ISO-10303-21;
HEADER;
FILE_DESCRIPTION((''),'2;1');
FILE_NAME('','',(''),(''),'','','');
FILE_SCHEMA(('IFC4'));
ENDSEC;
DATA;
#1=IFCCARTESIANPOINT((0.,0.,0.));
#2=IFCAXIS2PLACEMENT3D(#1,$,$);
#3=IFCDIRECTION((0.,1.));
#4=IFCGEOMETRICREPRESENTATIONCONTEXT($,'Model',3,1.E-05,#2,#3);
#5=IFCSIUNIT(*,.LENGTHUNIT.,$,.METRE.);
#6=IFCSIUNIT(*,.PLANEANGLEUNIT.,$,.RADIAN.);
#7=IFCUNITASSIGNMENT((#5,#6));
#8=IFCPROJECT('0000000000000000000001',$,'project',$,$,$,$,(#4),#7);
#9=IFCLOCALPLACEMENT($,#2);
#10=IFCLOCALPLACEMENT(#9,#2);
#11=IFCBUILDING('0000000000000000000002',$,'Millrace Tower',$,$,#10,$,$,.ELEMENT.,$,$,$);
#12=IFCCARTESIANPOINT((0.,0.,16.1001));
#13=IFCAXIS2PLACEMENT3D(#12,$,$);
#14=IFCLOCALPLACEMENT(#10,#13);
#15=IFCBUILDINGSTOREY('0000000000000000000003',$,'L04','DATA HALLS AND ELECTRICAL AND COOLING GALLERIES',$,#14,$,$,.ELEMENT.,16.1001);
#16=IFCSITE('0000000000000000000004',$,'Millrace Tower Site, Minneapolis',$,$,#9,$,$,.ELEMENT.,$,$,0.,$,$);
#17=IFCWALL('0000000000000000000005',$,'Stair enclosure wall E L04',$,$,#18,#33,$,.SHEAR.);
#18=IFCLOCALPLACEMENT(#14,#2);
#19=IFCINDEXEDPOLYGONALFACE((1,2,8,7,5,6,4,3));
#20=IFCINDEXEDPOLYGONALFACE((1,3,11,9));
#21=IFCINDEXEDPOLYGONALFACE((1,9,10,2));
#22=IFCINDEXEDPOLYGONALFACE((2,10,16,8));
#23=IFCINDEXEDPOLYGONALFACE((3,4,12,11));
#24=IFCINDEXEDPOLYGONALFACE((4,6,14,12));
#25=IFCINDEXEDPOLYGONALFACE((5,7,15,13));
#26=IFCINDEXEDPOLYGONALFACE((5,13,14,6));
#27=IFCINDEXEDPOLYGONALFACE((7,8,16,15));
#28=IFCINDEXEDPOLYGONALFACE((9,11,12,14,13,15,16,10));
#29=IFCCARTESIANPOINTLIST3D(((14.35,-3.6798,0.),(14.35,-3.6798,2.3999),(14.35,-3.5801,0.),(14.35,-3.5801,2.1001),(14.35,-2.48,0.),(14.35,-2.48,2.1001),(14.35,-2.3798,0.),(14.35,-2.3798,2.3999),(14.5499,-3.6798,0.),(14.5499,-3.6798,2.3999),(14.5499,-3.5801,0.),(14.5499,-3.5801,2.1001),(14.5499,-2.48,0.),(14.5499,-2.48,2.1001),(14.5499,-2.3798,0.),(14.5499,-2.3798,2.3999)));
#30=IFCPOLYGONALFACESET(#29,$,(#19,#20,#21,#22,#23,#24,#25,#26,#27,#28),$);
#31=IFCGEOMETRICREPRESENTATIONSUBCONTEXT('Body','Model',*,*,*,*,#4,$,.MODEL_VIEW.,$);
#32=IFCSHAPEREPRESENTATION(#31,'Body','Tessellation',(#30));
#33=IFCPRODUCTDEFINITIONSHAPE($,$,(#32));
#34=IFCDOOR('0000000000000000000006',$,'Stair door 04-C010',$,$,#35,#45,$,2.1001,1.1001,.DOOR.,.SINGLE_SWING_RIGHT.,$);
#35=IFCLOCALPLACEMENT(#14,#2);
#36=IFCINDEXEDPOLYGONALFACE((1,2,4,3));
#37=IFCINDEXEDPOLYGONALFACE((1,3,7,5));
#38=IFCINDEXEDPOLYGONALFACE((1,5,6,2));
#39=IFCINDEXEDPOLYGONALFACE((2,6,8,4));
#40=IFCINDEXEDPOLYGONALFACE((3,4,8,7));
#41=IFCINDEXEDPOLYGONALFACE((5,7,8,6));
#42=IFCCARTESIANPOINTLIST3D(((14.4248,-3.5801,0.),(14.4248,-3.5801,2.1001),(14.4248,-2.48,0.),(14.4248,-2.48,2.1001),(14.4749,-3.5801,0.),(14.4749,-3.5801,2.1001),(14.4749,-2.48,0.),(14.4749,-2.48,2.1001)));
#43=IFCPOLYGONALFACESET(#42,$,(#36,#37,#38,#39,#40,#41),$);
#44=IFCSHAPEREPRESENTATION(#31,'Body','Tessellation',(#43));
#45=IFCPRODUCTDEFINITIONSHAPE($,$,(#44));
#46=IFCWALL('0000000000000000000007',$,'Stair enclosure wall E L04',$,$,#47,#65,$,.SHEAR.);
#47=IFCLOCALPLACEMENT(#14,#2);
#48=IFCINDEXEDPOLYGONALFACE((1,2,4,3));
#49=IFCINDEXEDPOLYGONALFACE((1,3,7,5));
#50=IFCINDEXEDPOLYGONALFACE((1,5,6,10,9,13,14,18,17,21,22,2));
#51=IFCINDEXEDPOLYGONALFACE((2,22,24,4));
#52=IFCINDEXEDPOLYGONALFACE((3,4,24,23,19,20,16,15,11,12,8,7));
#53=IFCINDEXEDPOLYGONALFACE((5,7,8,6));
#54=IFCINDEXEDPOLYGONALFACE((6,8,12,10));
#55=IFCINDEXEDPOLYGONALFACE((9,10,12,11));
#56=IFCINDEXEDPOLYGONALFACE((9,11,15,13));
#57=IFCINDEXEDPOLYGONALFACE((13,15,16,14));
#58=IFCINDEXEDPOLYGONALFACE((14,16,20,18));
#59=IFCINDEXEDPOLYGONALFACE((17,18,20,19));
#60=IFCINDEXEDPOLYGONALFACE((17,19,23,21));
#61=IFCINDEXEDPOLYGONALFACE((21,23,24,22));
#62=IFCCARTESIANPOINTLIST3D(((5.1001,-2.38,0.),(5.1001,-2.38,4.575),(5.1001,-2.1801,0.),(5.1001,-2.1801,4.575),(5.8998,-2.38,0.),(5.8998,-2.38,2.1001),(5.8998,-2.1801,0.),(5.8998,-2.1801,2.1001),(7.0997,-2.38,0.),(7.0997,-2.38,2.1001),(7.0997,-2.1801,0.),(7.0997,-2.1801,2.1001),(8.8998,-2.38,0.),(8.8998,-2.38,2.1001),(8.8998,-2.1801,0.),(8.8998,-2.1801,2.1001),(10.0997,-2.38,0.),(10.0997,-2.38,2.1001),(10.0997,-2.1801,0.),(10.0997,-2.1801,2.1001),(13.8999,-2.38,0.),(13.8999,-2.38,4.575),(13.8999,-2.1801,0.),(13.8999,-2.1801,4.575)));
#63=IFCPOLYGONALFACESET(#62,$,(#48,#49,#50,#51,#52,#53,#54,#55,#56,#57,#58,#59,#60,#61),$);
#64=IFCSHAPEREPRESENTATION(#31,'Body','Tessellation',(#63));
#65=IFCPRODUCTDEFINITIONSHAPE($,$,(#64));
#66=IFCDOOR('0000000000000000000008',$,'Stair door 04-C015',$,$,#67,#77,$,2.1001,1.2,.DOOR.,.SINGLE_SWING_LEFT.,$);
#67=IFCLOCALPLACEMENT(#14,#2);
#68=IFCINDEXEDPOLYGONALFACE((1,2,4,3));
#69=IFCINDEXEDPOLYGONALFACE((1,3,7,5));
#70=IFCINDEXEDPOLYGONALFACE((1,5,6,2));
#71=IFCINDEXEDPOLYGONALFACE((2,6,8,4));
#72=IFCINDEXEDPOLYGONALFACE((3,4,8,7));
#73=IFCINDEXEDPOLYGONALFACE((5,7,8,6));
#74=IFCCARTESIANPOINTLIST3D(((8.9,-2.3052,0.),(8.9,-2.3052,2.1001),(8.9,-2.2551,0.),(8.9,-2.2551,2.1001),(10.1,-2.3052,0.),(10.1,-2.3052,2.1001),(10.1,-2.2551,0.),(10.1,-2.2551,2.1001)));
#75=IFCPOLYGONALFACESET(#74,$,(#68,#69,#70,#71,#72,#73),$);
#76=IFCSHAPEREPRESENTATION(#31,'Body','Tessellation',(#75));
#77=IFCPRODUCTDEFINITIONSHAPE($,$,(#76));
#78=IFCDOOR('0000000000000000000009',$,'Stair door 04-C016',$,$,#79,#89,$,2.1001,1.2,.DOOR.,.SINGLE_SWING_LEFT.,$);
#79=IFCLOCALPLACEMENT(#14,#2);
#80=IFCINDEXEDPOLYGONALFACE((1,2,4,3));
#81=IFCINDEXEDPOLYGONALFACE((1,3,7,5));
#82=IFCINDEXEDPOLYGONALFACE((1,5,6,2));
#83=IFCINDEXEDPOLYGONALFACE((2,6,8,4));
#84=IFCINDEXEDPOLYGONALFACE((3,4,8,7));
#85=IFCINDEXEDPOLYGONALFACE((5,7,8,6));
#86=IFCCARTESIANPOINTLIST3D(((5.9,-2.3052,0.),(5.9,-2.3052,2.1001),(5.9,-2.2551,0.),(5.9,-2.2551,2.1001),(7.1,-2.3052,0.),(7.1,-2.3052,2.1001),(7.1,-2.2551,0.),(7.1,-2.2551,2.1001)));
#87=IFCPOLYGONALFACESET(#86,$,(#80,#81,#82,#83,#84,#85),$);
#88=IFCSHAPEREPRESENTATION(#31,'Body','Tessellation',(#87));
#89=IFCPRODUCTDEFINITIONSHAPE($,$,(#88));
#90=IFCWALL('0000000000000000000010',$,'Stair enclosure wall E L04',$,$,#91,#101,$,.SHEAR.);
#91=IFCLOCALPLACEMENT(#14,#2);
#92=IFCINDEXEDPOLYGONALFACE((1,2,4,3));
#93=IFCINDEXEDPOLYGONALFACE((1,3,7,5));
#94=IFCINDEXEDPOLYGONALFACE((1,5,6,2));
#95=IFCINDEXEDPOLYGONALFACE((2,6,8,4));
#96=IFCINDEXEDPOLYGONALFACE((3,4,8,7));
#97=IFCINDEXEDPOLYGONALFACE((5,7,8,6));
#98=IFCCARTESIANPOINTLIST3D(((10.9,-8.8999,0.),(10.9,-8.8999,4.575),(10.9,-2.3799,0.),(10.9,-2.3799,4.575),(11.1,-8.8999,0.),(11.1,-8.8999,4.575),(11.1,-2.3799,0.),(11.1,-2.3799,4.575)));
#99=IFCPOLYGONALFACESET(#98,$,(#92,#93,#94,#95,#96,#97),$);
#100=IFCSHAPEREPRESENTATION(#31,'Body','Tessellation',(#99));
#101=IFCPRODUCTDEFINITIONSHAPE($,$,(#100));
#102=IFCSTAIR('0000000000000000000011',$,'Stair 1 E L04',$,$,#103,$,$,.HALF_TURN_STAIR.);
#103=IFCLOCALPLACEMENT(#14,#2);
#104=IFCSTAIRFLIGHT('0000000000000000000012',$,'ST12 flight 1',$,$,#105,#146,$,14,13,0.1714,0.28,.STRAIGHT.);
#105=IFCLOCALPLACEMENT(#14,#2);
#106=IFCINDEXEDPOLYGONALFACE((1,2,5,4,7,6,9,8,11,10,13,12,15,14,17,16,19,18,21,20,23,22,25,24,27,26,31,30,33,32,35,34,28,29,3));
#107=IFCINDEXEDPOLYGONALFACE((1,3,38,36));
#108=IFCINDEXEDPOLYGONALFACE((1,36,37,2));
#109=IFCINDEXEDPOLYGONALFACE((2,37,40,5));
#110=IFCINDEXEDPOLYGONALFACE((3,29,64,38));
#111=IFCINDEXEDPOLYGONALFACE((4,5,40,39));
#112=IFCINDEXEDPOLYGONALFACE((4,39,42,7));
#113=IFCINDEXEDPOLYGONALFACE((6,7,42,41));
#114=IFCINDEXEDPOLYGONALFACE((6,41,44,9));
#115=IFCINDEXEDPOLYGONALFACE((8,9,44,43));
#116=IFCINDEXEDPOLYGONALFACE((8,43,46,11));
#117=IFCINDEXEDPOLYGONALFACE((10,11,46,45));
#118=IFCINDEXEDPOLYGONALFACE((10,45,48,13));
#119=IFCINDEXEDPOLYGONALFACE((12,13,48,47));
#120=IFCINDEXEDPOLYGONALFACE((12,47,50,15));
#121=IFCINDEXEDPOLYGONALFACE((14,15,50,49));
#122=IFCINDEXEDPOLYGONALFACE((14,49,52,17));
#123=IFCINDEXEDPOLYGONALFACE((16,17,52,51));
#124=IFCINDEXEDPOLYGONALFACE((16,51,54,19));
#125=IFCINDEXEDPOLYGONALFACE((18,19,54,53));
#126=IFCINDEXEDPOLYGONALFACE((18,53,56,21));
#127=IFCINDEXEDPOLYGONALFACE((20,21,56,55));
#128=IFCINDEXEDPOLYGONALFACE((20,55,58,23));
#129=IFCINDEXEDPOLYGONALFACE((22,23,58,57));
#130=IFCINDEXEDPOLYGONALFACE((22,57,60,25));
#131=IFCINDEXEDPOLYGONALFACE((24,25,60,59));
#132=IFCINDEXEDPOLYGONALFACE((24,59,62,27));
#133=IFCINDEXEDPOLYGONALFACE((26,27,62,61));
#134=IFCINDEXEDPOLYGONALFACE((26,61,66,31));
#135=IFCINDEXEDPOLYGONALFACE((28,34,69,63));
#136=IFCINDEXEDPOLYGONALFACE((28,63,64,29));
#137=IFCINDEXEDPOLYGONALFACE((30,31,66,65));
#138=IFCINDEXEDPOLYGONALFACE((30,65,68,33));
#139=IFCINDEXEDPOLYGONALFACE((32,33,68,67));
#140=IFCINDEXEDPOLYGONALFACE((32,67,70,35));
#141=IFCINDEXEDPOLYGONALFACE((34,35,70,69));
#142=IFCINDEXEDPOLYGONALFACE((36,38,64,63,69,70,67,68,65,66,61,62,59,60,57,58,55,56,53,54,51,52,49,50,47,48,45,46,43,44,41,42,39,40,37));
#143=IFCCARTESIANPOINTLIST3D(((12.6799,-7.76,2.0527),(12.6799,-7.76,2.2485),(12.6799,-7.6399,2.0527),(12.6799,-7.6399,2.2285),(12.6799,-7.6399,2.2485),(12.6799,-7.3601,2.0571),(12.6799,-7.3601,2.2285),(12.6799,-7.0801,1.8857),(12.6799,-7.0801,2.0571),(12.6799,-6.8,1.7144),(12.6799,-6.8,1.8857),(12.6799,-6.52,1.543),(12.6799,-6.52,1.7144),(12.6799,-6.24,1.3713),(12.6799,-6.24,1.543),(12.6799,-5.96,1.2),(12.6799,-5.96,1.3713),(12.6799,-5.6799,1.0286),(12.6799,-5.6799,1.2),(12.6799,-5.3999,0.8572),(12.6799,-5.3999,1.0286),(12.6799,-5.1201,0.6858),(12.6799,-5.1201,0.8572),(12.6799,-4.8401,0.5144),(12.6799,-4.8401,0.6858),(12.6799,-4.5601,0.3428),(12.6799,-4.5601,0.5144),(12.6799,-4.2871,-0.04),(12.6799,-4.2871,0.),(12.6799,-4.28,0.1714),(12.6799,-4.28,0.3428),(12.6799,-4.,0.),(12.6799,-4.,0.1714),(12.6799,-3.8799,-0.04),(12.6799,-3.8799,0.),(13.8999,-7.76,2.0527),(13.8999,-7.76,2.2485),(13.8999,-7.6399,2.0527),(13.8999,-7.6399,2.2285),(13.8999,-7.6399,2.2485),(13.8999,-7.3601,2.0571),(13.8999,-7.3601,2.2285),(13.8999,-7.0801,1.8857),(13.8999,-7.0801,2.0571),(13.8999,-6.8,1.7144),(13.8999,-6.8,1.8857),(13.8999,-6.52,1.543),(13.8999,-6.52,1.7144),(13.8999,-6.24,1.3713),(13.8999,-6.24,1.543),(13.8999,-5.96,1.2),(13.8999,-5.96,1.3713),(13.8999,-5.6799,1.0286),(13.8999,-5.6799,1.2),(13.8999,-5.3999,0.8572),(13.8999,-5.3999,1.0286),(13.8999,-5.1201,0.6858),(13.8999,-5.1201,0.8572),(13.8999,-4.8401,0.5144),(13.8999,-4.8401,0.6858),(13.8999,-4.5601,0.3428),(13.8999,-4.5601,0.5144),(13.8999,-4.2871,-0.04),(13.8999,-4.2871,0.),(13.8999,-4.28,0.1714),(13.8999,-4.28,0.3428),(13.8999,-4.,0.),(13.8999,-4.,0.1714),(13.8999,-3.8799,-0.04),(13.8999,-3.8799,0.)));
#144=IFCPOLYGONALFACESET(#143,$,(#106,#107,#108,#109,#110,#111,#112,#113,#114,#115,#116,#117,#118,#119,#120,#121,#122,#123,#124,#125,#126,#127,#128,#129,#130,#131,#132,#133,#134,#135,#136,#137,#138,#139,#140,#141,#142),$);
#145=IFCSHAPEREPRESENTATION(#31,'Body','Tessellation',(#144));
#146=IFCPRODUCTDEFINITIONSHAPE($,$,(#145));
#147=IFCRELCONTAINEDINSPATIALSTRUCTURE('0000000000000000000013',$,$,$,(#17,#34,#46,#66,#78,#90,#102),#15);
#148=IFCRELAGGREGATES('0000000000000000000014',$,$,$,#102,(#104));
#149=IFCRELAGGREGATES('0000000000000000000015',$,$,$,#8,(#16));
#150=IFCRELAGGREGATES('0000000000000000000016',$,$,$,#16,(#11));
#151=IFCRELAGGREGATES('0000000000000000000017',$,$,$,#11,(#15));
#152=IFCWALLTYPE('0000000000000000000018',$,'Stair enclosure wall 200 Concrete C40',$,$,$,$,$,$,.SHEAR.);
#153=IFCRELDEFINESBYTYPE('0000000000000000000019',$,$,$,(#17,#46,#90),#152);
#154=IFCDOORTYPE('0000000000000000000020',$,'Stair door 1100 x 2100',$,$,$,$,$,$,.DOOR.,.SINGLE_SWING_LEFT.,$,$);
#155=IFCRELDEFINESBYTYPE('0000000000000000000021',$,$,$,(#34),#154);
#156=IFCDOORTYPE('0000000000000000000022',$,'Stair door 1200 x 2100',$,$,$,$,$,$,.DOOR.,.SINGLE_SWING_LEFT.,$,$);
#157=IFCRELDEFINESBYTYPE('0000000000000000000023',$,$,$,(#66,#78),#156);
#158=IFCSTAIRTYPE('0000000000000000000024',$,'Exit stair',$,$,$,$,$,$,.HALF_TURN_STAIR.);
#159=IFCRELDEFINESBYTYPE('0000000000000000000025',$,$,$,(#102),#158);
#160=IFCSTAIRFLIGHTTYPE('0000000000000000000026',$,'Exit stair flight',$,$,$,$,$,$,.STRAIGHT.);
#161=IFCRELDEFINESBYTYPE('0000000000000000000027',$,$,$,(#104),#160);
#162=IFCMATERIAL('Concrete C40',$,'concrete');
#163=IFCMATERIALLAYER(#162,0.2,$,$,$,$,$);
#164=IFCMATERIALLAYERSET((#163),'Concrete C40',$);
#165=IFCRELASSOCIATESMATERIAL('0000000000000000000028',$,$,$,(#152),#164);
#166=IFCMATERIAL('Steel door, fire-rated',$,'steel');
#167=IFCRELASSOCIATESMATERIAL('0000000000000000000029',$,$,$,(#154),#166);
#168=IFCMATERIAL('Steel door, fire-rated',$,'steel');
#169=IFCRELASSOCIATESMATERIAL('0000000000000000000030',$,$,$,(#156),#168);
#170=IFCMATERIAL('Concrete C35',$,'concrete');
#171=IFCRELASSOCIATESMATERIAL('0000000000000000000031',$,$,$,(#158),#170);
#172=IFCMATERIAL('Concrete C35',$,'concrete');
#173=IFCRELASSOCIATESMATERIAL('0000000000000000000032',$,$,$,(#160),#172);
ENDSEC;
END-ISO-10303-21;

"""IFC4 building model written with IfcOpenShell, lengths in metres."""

from ifc_helpers import new_model, si_unit, direction, frame, frame_2d, origin, place, context, subcontext, project, spatial, polyline, rectangle, outline, extrude, material, layer, layer_set, type_object, element, fill, aggregate, save


model = new_model("IFC4")

# Units and contexts
model_context = context("Model", 3, precision=1e-05, world=origin(), true_north=direction((0.0, 1.0)))
body_context = subcontext(model_context, "Body", "Model", "MODEL_VIEW")
ifc_project = project(units=[si_unit("LENGTHUNIT", "METRE"), si_unit("PLANEANGLEUNIT", "RADIAN")], contexts=[model_context])

# Site, building, storey
site_placement = place(None, origin())
site = spatial("IfcSite", under=ifc_project, at=site_placement, Name="Millrace Tower Site, Minneapolis", CompositionType="ELEMENT", RefElevation=0.0)
building_placement = place(site_placement, origin())
building = spatial("IfcBuilding", under=site, at=building_placement, Name="Millrace Tower", CompositionType="ELEMENT")
storey_placement = place(building_placement, frame((0.0, 0.0, 16.1001)))
storey = spatial("IfcBuildingStorey", under=building, at=storey_placement, Name="L04", Description="DATA HALLS AND ELECTRICAL AND COOLING GALLERIES", CompositionType="ELEMENT", Elevation=16.1001)

# Shared definitions
placement = place(storey_placement, origin())

# Wall, opening, door
ifc_material_1 = material(Name="Concrete C40", Category="concrete")
ifc_layer_1 = layer(ifc_material_1, 0.2)
ifc_layer_set_1 = layer_set([ifc_layer_1], Name="Concrete C40")
wall_type_1 = type_object("IfcWallType", Name="Stair enclosure wall 200 Concrete C40", PredefinedType="SHEAR", material=ifc_layer_set_1)
wall_1_placement = place(storey_placement, frame((14.45, -2.3799, 0.0), z_axis=(0.0, 0.0, 1.0), x_axis=(0.0, -1.0, 0.0)))
wall_1 = element("IfcWall", 1, at=wall_1_placement, inside=storey, type_object=wall_type_1, Name="Stair enclosure wall E L04", PredefinedType="SHEAR", context=body_context, shape_type="SweptSolid", body=[
    extrude(rectangle(XDim=1.3, YDim=0.2, at=frame_2d((0.6499, 0.0))), origin(), (0.0, 0.0, 1.0), 2.3999),
])
opening_1_placement = place(wall_1_placement, frame((0.1001, 0.0, 0.0)))
opening_1 = element("IfcOpeningElement", 2, at=opening_1_placement, cuts=wall_1, PredefinedType="OPENING", context=body_context, shape_type="SweptSolid", body=[
    extrude(rectangle(XDim=1.1001, YDim=2.1001, at=frame_2d((0.55, 1.05))), frame((0.0, 0.1099, 0.0), z_axis=(0.0, -1.0, 0.0), x_axis=(1.0, 0.0, 0.0)), (0.0, 0.0, 1.0), 0.22),
])
ifc_material_2 = material(Name="Steel door, fire-rated", Category="steel")
door_type_1 = type_object("IfcDoorType", Name="Stair door 1100 x 2100", OperationType="SINGLE_SWING_LEFT", PredefinedType="DOOR", material=ifc_material_2)
door_1_placement = place(opening_1_placement, origin())
door_1 = element("IfcDoor", 3, at=door_1_placement, inside=storey, type_object=door_type_1, Name="Stair door 04-C010", OperationType="SINGLE_SWING_RIGHT", OverallHeight=2.1001, OverallWidth=1.1001, PredefinedType="DOOR", context=body_context, shape_type="SweptSolid", body=[
    extrude(rectangle(XDim=1.1001, YDim=2.1001, at=frame_2d((0.55, 1.05))), frame((0.0, 0.0249, 0.0), z_axis=(0.0, -1.0, 0.0), x_axis=(1.0, 0.0, 0.0)), (0.0, 0.0, 1.0), 0.05),
])
fill(opening_1, door_1)

# Wall, openings, doors
wall_2_placement = place(storey_placement, frame((13.8999, -2.28, 0.0), z_axis=(0.0, 0.0, 1.0), x_axis=(-1.0, 0.0, 0.0)))
wall_2 = element("IfcWall", 4, at=wall_2_placement, inside=storey, type_object=wall_type_1, Name="Stair enclosure wall E L04", PredefinedType="SHEAR", context=body_context, shape_type="SweptSolid", body=[
    extrude(rectangle(XDim=8.7998, YDim=0.2, at=frame_2d((4.3999, 0.0))), origin(), (0.0, 0.0, 1.0), 4.575),
])
opening_2_placement = place(wall_2_placement, frame((3.8, 0.0, 0.0)))
opening_2 = element("IfcOpeningElement", 5, at=opening_2_placement, cuts=wall_2, PredefinedType="OPENING", context=body_context, shape_type="SweptSolid", body=[
    extrude(rectangle(XDim=1.2, YDim=2.1001, at=frame_2d((0.6001, 1.05))), frame((0.0, 0.1099, 0.0), z_axis=(0.0, -1.0, 0.0), x_axis=(1.0, 0.0, 0.0)), (0.0, 0.0, 1.0), 0.22),
])
opening_3_placement = place(wall_2_placement, frame((6.8, 0.0, 0.0)))
opening_3 = element("IfcOpeningElement", 6, at=opening_3_placement, cuts=wall_2, PredefinedType="OPENING", context=body_context, shape_type="SweptSolid", body=[
    extrude(rectangle(XDim=1.2, YDim=2.1001, at=frame_2d((0.6001, 1.05))), frame((0.0, 0.1099, 0.0), z_axis=(0.0, -1.0, 0.0), x_axis=(1.0, 0.0, 0.0)), (0.0, 0.0, 1.0), 0.22),
])
ifc_material_3 = material(Name="Steel door, fire-rated", Category="steel")
door_type_2 = type_object("IfcDoorType", Name="Stair door 1200 x 2100", OperationType="SINGLE_SWING_LEFT", PredefinedType="DOOR", material=ifc_material_3)
door_2_placement = place(opening_2_placement, frame((1.2, 0.0, 0.0), z_axis=(0.0, 0.0, 1.0), x_axis=(-1.0, 0.0, 0.0)))
door_2 = element("IfcDoor", 7, at=door_2_placement, inside=storey, type_object=door_type_2, Name="Stair door 04-C015", OperationType="SINGLE_SWING_LEFT", OverallHeight=2.1001, OverallWidth=1.2, PredefinedType="DOOR", context=body_context, shape_type="SweptSolid", body=[
    extrude(rectangle(XDim=1.2, YDim=2.1001, at=frame_2d((0.6001, 1.05))), frame((0.0, 0.0249, 0.0), z_axis=(0.0, -1.0, 0.0), x_axis=(1.0, 0.0, 0.0)), (0.0, 0.0, 1.0), 0.05),
])
fill(opening_2, door_2)
door_3_placement = place(opening_3_placement, frame((1.2, 0.0, 0.0), z_axis=(0.0, 0.0, 1.0), x_axis=(-1.0, 0.0, 0.0)))
door_3 = element("IfcDoor", 8, at=door_3_placement, inside=storey, type_object=door_type_2, Name="Stair door 04-C016", OperationType="SINGLE_SWING_LEFT", OverallHeight=2.1001, OverallWidth=1.2, PredefinedType="DOOR", context=body_context, shape_type="SweptSolid", body=[
    extrude(rectangle(XDim=1.2, YDim=2.1001, at=frame_2d((0.6001, 1.05))), frame((0.0, 0.0249, 0.0), z_axis=(0.0, -1.0, 0.0), x_axis=(1.0, 0.0, 0.0)), (0.0, 0.0, 1.0), 0.05),
])
fill(opening_3, door_3)

# Wall
wall_3_placement = place(storey_placement, frame((11.0, -2.3799, 0.0), z_axis=(0.0, 0.0, 1.0), x_axis=(0.0, -1.0, 0.0)))
element("IfcWall", 9, at=wall_3_placement, inside=storey, type_object=wall_type_1, Name="Stair enclosure wall E L04", PredefinedType="SHEAR", context=body_context, shape_type="SweptSolid", body=[
    extrude(rectangle(XDim=6.52, YDim=0.2, at=frame_2d((3.26, 0.0))), origin(), (0.0, 0.0, 1.0), 4.575),
])

# Stair, stair flight
ifc_material_4 = material(Name="Concrete C35", Category="concrete")
stair_type = type_object("IfcStairType", Name="Exit stair", PredefinedType="HALF_TURN_STAIR", material=ifc_material_4)
stair_1 = element("IfcStair", 10, at=placement, inside=storey, type_object=stair_type, Name="Stair 1 E L04", PredefinedType="HALF_TURN_STAIR")
ifc_material_5 = material(Name="Concrete C35", Category="concrete")
stair_flight_type = type_object("IfcStairFlightType", Name="Exit stair flight", PredefinedType="STRAIGHT", material=ifc_material_5)
stair_flight_1_placement = place(storey_placement, frame((13.29, -4.0, 0.0), z_axis=(0.0, 0.0, 1.0), x_axis=(0.0, -1.0, 0.0)))
stair_flight_1 = element("IfcStairFlight", 11, at=stair_flight_1_placement, type_object=stair_flight_type, Name="ST12 flight 1", NumberOfRisers=14, NumberOfTreads=13, PredefinedType="STRAIGHT", RiserHeight=0.1714, TreadLength=0.28, context=body_context, shape_type="SweptSolid", body=[
    extrude(outline(polyline([(-0.1201, -0.04), (-0.1201, 0.0), (0.0, 0.0), (0.0, 0.1714), (0.28, 0.1714), (0.28, 0.3428), (0.5601, 0.3428), (0.5601, 0.5144), (0.8401, 0.5144), (0.8401, 0.6858), (1.1201, 0.6858), (1.1201, 0.8572), (1.3999, 0.8572), (1.3999, 1.0286), (1.6799, 1.0286), (1.6799, 1.2), (1.96, 1.2), (1.96, 1.3713), (2.24, 1.3713), (2.24, 1.543), (2.52, 1.543), (2.52, 1.7144), (2.8, 1.7144), (2.8, 1.8857), (3.0801, 1.8857), (3.0801, 2.0571), (3.3601, 2.0571), (3.3601, 2.2285), (3.6399, 2.2285), (3.6399, 2.2485), (3.76, 2.2485), (3.76, 2.0527), (3.6399, 2.0527), (0.2871, 0.0), (0.2871, -0.04), (-0.1201, -0.04)])), frame((0.0, 0.6099, 0.0), z_axis=(0.0, -1.0, 0.0), x_axis=(1.0, 0.0, 0.0)), (0.0, 0.0, 1.0), 1.22),
])
aggregate(stair_1, [stair_flight_1])

save(model, "model.ifc")
